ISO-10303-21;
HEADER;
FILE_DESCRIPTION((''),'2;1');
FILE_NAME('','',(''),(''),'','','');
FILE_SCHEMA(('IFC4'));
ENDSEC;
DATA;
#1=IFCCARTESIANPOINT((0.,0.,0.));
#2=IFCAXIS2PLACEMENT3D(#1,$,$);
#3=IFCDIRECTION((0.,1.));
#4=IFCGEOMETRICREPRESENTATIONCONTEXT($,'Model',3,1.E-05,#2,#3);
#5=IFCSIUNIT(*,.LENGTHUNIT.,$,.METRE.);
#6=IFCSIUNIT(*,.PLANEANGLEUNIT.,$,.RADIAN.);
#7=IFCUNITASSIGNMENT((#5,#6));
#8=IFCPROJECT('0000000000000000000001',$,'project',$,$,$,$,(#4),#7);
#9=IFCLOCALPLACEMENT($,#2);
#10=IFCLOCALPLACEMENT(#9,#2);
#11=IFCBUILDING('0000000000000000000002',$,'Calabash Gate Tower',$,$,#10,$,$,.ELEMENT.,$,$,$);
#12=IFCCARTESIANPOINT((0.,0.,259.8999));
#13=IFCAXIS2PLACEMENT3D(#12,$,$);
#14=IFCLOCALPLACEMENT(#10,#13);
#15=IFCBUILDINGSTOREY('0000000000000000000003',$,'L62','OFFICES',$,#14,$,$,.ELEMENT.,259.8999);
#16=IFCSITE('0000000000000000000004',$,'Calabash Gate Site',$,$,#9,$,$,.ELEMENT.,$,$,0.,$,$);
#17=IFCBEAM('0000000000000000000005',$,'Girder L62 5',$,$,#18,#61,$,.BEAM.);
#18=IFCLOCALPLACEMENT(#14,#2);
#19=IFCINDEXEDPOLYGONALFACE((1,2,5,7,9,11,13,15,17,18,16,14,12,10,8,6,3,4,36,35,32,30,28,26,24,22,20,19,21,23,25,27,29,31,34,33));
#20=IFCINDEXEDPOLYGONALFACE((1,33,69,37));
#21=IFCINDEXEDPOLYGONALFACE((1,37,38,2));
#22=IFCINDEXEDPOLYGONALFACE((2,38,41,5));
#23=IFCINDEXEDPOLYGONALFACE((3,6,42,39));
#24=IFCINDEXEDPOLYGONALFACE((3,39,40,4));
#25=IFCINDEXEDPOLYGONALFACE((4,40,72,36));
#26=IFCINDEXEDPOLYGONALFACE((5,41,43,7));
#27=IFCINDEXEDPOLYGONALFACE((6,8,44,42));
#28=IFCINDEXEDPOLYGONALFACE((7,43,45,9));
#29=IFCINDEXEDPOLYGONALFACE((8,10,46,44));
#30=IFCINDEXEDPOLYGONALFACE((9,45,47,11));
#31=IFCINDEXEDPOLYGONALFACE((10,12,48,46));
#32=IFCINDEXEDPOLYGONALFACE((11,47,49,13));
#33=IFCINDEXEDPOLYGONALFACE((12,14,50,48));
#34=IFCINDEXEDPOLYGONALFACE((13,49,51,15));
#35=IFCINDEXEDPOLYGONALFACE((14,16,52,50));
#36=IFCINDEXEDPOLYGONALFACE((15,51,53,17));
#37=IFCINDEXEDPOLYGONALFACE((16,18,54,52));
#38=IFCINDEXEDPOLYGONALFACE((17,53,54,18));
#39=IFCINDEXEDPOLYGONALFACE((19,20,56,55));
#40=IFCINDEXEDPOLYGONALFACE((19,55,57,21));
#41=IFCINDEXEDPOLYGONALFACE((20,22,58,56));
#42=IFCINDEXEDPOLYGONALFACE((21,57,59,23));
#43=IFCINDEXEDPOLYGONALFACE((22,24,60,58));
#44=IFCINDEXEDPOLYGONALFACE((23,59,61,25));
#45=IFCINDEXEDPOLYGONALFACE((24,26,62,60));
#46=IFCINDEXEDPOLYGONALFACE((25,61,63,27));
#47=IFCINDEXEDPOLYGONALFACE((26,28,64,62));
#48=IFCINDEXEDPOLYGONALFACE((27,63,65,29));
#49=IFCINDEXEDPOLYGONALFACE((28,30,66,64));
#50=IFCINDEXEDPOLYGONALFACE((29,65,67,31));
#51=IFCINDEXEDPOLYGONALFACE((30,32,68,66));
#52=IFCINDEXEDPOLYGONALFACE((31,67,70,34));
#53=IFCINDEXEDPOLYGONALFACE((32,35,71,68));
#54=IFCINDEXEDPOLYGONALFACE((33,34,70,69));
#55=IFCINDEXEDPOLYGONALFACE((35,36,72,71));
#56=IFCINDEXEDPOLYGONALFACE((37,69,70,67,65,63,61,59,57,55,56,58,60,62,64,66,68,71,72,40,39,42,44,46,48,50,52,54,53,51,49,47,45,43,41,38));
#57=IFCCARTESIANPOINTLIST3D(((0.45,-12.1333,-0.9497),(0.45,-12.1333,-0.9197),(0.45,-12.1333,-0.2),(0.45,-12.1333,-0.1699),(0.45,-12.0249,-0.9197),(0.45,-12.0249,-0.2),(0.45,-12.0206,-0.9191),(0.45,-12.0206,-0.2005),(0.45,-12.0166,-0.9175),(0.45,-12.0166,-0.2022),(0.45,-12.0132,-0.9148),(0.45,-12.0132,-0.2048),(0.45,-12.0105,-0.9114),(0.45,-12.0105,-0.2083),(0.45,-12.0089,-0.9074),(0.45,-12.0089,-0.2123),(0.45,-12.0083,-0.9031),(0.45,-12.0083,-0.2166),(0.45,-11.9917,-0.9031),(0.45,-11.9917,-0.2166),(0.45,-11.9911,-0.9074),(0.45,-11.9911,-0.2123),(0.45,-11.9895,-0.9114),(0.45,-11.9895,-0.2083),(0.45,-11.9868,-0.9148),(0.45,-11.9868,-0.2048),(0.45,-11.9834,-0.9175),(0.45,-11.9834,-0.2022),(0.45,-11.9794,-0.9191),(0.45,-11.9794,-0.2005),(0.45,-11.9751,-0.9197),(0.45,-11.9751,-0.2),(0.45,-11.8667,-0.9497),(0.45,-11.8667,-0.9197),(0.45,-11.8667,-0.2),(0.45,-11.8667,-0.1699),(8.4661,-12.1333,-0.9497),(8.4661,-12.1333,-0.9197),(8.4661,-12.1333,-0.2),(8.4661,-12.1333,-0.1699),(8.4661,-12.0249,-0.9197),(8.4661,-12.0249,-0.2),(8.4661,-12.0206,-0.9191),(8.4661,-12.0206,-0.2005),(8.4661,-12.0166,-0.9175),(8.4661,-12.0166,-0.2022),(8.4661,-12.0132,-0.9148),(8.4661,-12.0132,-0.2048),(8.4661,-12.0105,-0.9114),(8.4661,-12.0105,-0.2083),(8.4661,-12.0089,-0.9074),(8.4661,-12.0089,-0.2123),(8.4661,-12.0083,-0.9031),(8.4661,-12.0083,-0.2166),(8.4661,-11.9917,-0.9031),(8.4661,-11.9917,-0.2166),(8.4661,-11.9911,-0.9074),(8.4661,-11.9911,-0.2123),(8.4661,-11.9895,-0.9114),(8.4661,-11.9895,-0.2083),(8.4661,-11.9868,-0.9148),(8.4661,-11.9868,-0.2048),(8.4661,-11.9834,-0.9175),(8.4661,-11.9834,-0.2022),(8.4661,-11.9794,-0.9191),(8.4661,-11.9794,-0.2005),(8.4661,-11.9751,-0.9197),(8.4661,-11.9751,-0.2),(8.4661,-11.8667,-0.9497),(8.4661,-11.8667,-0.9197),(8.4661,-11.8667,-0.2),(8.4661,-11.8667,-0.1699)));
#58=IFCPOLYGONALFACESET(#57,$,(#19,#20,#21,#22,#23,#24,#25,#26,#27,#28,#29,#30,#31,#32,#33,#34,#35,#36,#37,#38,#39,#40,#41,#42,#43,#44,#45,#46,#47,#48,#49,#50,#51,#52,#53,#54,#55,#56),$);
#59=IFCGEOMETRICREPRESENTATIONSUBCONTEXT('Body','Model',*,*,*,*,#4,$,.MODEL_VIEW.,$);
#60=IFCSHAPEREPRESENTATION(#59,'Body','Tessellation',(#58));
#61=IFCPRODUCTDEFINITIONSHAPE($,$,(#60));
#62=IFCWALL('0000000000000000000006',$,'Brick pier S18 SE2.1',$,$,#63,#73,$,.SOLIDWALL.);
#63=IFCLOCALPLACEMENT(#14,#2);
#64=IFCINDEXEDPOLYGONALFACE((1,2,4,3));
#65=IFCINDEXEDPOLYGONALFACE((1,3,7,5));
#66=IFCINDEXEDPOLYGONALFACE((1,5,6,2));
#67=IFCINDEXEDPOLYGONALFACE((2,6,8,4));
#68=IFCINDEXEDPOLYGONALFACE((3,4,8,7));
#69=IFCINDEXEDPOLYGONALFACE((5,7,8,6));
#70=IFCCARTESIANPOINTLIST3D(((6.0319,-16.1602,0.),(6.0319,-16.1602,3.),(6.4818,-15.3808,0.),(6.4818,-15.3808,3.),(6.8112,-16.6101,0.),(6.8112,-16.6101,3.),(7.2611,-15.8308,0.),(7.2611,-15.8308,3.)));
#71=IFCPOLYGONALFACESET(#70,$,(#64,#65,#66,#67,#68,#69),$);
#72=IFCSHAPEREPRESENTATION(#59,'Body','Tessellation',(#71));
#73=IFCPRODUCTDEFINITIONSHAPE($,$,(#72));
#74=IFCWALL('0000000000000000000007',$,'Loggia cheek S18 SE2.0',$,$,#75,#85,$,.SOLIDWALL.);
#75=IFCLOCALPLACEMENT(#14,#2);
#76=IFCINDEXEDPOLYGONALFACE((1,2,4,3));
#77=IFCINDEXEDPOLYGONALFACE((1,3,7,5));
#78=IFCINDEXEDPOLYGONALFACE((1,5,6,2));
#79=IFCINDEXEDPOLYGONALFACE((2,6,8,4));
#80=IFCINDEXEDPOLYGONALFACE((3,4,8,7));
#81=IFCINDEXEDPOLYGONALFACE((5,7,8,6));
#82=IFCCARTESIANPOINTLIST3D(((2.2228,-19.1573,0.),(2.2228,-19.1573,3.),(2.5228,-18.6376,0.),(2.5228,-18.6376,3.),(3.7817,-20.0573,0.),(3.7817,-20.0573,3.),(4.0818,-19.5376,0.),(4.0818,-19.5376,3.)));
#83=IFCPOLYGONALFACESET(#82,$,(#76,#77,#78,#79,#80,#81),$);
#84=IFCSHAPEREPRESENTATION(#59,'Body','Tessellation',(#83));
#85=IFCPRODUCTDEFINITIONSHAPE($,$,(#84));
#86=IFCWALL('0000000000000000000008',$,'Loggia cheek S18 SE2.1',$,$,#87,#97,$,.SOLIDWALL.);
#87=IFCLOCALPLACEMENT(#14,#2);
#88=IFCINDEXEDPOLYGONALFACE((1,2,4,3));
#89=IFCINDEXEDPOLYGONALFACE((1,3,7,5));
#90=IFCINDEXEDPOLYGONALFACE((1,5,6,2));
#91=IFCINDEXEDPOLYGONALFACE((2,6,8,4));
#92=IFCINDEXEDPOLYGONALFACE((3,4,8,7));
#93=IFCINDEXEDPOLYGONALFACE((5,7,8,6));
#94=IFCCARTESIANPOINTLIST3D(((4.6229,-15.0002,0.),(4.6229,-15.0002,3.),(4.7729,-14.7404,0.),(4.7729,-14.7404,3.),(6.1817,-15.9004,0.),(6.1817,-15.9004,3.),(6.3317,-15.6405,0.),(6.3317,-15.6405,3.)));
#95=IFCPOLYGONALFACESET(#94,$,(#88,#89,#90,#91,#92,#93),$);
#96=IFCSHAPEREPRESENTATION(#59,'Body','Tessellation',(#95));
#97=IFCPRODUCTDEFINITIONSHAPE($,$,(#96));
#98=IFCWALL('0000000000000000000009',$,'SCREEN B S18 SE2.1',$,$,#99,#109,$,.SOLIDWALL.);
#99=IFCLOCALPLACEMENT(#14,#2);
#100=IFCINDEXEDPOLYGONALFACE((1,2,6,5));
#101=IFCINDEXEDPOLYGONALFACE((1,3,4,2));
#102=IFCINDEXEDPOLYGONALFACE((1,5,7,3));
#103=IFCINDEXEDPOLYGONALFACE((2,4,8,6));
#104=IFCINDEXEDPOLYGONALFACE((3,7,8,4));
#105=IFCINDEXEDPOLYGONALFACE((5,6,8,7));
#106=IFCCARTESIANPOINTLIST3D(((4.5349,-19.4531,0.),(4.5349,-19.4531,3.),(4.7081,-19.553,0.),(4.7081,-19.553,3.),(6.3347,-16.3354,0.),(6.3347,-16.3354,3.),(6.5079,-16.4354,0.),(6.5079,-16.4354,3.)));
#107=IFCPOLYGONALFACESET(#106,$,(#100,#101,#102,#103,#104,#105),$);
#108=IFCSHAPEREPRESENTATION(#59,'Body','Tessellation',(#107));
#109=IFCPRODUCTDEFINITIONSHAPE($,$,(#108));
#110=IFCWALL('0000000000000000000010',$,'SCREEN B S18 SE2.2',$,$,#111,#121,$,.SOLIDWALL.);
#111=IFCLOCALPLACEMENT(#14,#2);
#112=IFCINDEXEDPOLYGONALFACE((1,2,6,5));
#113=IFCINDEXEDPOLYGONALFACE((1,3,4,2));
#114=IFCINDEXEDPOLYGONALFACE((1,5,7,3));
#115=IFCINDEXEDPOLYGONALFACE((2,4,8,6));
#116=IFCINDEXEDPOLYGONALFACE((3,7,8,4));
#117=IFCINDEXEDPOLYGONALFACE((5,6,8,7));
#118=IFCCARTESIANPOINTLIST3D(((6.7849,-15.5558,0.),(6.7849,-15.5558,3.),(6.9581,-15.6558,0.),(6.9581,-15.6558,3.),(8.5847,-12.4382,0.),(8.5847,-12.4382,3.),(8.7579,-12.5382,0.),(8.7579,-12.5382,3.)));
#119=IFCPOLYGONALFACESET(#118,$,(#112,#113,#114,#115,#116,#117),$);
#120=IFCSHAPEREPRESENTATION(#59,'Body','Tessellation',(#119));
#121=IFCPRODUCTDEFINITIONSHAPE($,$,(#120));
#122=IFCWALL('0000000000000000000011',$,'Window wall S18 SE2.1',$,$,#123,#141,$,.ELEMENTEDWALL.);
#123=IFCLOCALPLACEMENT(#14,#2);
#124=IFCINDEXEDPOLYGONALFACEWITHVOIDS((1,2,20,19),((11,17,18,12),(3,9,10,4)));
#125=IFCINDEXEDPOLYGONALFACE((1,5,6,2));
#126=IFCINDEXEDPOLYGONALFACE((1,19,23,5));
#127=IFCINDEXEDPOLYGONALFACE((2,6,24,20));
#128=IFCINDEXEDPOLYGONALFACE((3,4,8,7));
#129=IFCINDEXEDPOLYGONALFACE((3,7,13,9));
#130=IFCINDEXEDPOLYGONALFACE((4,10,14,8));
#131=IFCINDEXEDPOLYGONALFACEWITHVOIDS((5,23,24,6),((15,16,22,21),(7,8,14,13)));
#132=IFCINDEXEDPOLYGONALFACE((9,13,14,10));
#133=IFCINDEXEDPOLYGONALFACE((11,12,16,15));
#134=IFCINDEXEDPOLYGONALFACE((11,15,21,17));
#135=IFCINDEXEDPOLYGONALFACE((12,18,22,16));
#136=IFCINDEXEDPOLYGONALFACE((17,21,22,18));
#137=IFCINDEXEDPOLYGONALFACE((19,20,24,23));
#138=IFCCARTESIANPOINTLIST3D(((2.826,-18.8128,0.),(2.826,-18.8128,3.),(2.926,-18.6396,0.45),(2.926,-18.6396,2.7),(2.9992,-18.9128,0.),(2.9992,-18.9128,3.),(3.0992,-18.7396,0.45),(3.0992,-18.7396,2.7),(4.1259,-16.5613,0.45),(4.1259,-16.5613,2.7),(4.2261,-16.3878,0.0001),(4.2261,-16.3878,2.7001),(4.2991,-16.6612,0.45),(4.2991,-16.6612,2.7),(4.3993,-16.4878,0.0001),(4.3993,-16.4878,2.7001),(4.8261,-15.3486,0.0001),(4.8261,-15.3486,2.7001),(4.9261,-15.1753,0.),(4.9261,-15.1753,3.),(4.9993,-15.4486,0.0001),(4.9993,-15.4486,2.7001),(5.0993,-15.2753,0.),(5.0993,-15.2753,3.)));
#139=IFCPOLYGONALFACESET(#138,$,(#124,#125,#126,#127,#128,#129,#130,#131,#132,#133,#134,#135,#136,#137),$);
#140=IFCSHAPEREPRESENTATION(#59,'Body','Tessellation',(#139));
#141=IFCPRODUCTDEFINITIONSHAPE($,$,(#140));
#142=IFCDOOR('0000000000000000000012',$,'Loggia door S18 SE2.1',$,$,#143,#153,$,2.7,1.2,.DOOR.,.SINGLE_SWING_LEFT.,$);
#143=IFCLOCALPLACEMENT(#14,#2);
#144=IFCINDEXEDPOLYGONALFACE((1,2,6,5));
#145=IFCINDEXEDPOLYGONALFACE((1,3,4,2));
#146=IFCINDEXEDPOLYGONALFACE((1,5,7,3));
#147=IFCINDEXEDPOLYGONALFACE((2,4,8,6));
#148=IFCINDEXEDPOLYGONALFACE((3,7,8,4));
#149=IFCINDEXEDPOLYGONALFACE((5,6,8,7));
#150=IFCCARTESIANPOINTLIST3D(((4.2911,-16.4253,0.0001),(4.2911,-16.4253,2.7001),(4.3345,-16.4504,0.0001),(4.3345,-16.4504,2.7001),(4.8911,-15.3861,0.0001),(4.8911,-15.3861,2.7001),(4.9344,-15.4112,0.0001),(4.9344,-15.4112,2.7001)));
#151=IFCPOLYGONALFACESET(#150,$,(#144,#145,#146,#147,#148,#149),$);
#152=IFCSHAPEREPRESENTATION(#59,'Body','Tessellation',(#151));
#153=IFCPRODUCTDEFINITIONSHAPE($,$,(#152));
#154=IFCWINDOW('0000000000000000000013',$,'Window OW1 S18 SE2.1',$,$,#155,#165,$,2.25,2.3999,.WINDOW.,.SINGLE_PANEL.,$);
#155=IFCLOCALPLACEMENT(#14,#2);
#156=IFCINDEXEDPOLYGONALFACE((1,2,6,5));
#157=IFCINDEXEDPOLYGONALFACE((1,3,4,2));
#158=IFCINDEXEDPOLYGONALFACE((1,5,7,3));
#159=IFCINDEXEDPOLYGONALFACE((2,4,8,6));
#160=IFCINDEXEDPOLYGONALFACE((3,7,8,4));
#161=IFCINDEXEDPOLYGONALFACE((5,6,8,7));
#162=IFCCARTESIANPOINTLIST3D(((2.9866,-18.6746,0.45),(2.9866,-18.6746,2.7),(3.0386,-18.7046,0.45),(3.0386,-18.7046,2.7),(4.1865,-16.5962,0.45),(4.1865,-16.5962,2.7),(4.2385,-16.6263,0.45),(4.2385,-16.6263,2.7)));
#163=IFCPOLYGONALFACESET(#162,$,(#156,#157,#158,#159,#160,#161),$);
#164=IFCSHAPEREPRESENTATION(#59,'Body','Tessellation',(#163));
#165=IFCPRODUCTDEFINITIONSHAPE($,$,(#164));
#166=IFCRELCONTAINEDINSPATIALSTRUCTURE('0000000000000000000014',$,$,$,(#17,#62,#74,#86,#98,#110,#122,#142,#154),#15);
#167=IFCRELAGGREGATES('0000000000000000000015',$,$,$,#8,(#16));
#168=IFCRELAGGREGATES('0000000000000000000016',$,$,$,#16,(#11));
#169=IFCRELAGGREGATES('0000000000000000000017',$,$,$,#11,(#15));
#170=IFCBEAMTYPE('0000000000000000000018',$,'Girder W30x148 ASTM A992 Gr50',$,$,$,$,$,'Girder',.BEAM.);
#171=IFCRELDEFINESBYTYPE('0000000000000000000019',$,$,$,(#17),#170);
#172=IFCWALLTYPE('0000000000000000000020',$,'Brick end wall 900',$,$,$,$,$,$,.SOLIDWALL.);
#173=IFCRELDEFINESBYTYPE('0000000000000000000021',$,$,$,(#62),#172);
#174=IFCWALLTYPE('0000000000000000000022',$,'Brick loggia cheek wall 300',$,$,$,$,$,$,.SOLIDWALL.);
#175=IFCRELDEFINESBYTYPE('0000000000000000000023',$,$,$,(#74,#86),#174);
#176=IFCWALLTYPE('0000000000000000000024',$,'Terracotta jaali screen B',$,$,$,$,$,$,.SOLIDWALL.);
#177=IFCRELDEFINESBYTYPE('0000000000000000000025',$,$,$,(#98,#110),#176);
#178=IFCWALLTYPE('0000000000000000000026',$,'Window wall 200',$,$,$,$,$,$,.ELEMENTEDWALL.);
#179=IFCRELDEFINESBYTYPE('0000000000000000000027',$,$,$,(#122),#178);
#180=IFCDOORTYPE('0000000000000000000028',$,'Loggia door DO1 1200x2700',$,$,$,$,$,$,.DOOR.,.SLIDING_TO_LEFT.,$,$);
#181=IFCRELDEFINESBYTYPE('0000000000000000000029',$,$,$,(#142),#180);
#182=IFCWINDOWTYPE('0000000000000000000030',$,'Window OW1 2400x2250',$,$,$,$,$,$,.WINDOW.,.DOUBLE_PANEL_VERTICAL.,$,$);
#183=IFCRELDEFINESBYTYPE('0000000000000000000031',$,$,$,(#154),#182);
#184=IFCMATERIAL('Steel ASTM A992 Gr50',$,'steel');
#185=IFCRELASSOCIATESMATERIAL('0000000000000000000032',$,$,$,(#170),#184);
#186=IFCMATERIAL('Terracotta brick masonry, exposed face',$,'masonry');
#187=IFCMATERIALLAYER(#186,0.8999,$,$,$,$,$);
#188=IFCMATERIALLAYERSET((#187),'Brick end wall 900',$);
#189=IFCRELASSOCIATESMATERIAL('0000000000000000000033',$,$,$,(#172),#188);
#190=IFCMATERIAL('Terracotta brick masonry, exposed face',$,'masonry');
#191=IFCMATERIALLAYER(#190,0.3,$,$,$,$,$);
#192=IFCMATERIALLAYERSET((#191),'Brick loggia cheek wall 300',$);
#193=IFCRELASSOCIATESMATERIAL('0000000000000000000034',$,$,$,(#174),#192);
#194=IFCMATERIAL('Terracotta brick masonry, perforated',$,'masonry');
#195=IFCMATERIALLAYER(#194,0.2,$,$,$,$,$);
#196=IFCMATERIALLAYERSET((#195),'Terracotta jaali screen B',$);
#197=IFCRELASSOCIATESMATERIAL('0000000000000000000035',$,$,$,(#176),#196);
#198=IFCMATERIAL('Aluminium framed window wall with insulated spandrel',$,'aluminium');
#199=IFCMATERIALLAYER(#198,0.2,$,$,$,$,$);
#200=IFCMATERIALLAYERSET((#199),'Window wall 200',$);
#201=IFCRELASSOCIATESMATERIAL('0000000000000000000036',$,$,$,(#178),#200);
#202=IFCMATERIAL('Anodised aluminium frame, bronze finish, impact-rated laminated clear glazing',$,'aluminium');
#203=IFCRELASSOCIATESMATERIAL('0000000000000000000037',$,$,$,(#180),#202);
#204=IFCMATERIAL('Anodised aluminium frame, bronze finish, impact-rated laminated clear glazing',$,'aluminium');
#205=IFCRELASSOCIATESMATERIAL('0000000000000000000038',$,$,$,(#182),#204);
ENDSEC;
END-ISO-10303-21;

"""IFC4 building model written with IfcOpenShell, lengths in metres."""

from ifc_helpers import new_model, si_unit, direction, frame, frame_2d, origin, origin_2d, place, context, subcontext, project, spatial, rectangle, i_section, extrude, material, layer, layer_set, material_profile, profile_set, type_object, element, fill, save


model = new_model("IFC4")

# Units and contexts
model_context = context("Model", 3, precision=1e-05, world=origin(), true_north=direction((0.0, 1.0)))
body_context = subcontext(model_context, "Body", "Model", "MODEL_VIEW")
ifc_project = project(units=[si_unit("LENGTHUNIT", "METRE"), si_unit("PLANEANGLEUNIT", "RADIAN")], contexts=[model_context])

# Site, building, storey
site_placement = place(None, origin())
site = spatial("IfcSite", under=ifc_project, at=site_placement, Name="Calabash Gate Site", CompositionType="ELEMENT", RefElevation=0.0)
building_placement = place(site_placement, origin())
building = spatial("IfcBuilding", under=site, at=building_placement, Name="Calabash Gate Tower", CompositionType="ELEMENT")
storey_placement = place(building_placement, frame((0.0, 0.0, 259.8999)))
storey = spatial("IfcBuildingStorey", under=building, at=storey_placement, Name="L62", Description="OFFICES", CompositionType="ELEMENT", Elevation=259.8999)

# Beam
ifc_material_1 = material(Name="Steel ASTM A992 Gr50", Category="steel")
ifc_material_profile_1 = material_profile(ifc_material_1, i_section(OverallWidth=0.2666, OverallDepth=0.7798, WebThickness=0.0166, FlangeThickness=0.03, FilletRadius=0.0166, at=origin_2d()))
ifc_profile_set_1 = profile_set([ifc_material_profile_1], Name="Steel ASTM A992 Gr50")
beam_type_1 = type_object("IfcBeamType", Name="Girder W30x148 ASTM A992 Gr50", ElementType="Girder", PredefinedType="BEAM", material=ifc_profile_set_1)
beam_1_placement = place(storey_placement, frame((0.45, -12.0, -0.5598), z_axis=(1.0, 0.0, 0.0), x_axis=(0.0, 1.0, 0.0)))
element("IfcBeam", 1, at=beam_1_placement, inside=storey, type_object=beam_type_1, Name="Girder L62 5", PredefinedType="BEAM", context=body_context, shape_type="SweptSolid", body=[
    extrude(i_section(OverallWidth=0.2666, OverallDepth=0.7798, WebThickness=0.0166, FlangeThickness=0.03, FilletRadius=0.0166, at=origin_2d()), origin(), (0.0, 0.0, 1.0), 8.0161),
])

# Walls
ifc_material_2 = material(Name="Terracotta brick masonry, exposed face", Category="masonry")
ifc_layer_1 = layer(ifc_material_2, 0.8999)
ifc_layer_set_1 = layer_set([ifc_layer_1], Name="Brick end wall 900")
wall_type_1 = type_object("IfcWallType", Name="Brick end wall 900", PredefinedType="SOLIDWALL", material=ifc_layer_set_1)
wall_1_placement = place(storey_placement, frame((6.2568, -15.7705, 0.0), z_axis=(0.0, 0.0, 1.0), x_axis=(0.866014, -0.50002, 0.0)))
element("IfcWall", 2, at=wall_1_placement, inside=storey, type_object=wall_type_1, Name="Brick pier S18 SE2.1", PredefinedType="SOLIDWALL", context=body_context, shape_type="SweptSolid", body=[
    extrude(rectangle(XDim=0.8999, YDim=0.8999, at=frame_2d((0.45, 0.0))), origin(), (0.0, 0.0, 1.0), 3.0),
])
ifc_material_3 = material(Name="Terracotta brick masonry, exposed face", Category="masonry")
ifc_layer_2 = layer(ifc_material_3, 0.3)
ifc_layer_set_2 = layer_set([ifc_layer_2], Name="Brick loggia cheek wall 300")
wall_type_2 = type_object("IfcWallType", Name="Brick loggia cheek wall 300", PredefinedType="SOLIDWALL", material=ifc_layer_set_2)
wall_2_placement = place(storey_placement, frame((3.9316, -19.7974, 0.0), z_axis=(0.0, 0.0, 1.0), x_axis=(-0.866048, 0.499961, 0.0)))
element("IfcWall", 3, at=wall_2_placement, inside=storey, type_object=wall_type_2, Name="Loggia cheek S18 SE2.0", PredefinedType="SOLIDWALL", context=body_context, shape_type="SweptSolid", body=[
    extrude(rectangle(XDim=1.8, YDim=0.6001, at=frame_2d((0.8999, 0.0))), origin(), (0.0, 0.0, 1.0), 3.0),
])
wall_3_placement = place(storey_placement, frame((4.698, -14.8704, 0.0), z_axis=(0.0, 0.0, 1.0), x_axis=(0.865989, -0.500063, 0.0)))
element("IfcWall", 4, at=wall_3_placement, inside=storey, type_object=wall_type_2, Name="Loggia cheek S18 SE2.1", PredefinedType="SOLIDWALL", context=body_context, shape_type="SweptSolid", body=[
    extrude(rectangle(XDim=1.8, YDim=0.3, at=frame_2d((0.8999, 0.0))), origin(), (0.0, 0.0, 1.0), 3.0),
])
ifc_material_4 = material(Name="Terracotta brick masonry, perforated", Category="masonry")
ifc_layer_3 = layer(ifc_material_4, 0.2)
ifc_layer_set_3 = layer_set([ifc_layer_3], Name="Terracotta jaali screen B")
wall_type_3 = type_object("IfcWallType", Name="Terracotta jaali screen B", PredefinedType="SOLIDWALL", material=ifc_layer_set_3)
for number, where, z_axis, x_axis, name in (
    (5, (4.6216, -19.5029, 0.0), (0.0, 0.0, 1.0), (0.499961, 0.866048, 0.0), "SCREEN B S18 SE2.1"),
    (6, (6.8716, -15.6057, 0.0), (0.0, 0.0, 1.0), (0.499961, 0.866048, 0.0), "SCREEN B S18 SE2.2"),
):
    element("IfcWall", number, at=place(storey_placement, frame(where, z_axis=z_axis, x_axis=x_axis)), inside=storey, type_object=wall_type_3, Name=name, PredefinedType="SOLIDWALL", context=body_context, shape_type="SweptSolid", body=[
        extrude(rectangle(XDim=3.5999, YDim=0.2, at=frame_2d((1.7998, 0.0))), origin(), (0.0, 0.0, 1.0), 3.0),
    ])

# Wall, openings, door, window
ifc_material_5 = material(Name="Aluminium framed window wall with insulated spandrel", Category="aluminium")
ifc_layer_4 = layer(ifc_material_5, 0.2)
ifc_layer_set_4 = layer_set([ifc_layer_4], Name="Window wall 200")
wall_type_4 = type_object("IfcWallType", Name="Window wall 200", PredefinedType="ELEMENTEDWALL", material=ifc_layer_set_4)
wall_4_placement = place(storey_placement, frame((2.9126, -18.8628, 0.0), z_axis=(0.0, 0.0, 1.0), x_axis=(0.500003, 0.866024, 0.0)))
wall_4 = element("IfcWall", 7, at=wall_4_placement, inside=storey, type_object=wall_type_4, Name="Window wall S18 SE2.1", PredefinedType="ELEMENTEDWALL", context=body_context, shape_type="SweptSolid", body=[
    extrude(rectangle(XDim=4.2002, YDim=0.2, at=frame_2d((2.1001, 0.0))), origin(), (0.0, 0.0, 1.0), 3.0),
])
opening_1_placement = place(wall_4_placement, frame((0.2, 0.0, 0.45)))
opening_1 = element("IfcOpeningElement", 8, at=opening_1_placement, cuts=wall_4, PredefinedType="OPENING", context=body_context, shape_type="SweptSolid", body=[
    extrude(rectangle(XDim=2.3999, YDim=2.25, at=frame_2d((1.2, 1.125))), frame((0.0, 0.1099, 0.0), z_axis=(0.0, -1.0, 0.0), x_axis=(1.0, 0.0, 0.0)), (0.0, 0.0, 1.0), 0.22),
])
opening_2_placement = place(wall_4_placement, frame((2.8, 0.0, 0.0)))
opening_2 = element("IfcOpeningElement", 9, at=opening_2_placement, cuts=wall_4, PredefinedType="OPENING", context=body_context, shape_type="SweptSolid", body=[
    extrude(rectangle(XDim=1.2, YDim=2.7, at=frame_2d((0.6001, 1.3501))), frame((0.0, 0.1099, 0.0), z_axis=(0.0, -1.0, 0.0), x_axis=(1.0, 0.0, 0.0)), (0.0, 0.0, 1.0), 0.22),
])
ifc_material_6 = material(Name="Anodised aluminium frame, bronze finish, impact-rated laminated clear glazing", Category="aluminium")
door_type = type_object("IfcDoorType", Name="Loggia door DO1 1200x2700", OperationType="SLIDING_TO_LEFT", PredefinedType="DOOR", material=ifc_material_6)
door_placement = place(opening_2_placement, origin())
door = element("IfcDoor", 10, at=door_placement, inside=storey, type_object=door_type, Name="Loggia door S18 SE2.1", OperationType="SINGLE_SWING_LEFT", OverallHeight=2.7, OverallWidth=1.2, PredefinedType="DOOR", context=body_context, shape_type="SweptSolid", body=[
    extrude(rectangle(XDim=1.2, YDim=2.7, at=frame_2d((0.6001, 1.3501))), frame((0.0, 0.0249, 0.0), z_axis=(0.0, -1.0, 0.0), x_axis=(1.0, 0.0, 0.0)), (0.0, 0.0, 1.0), 0.05),
])
fill(opening_2, door)
ifc_material_7 = material(Name="Anodised aluminium frame, bronze finish, impact-rated laminated clear glazing", Category="aluminium")
window_type_1 = type_object("IfcWindowType", Name="Window OW1 2400x2250", PartitioningType="DOUBLE_PANEL_VERTICAL", PredefinedType="WINDOW", material=ifc_material_7)
window_1_placement = place(opening_1_placement, origin())
window_1 = element("IfcWindow", 11, at=window_1_placement, inside=storey, type_object=window_type_1, Name="Window OW1 S18 SE2.1", OverallHeight=2.25, OverallWidth=2.3999, PartitioningType="SINGLE_PANEL", PredefinedType="WINDOW", context=body_context, shape_type="SweptSolid", body=[
    extrude(rectangle(XDim=2.3999, YDim=2.25, at=frame_2d((1.2, 1.125))), frame((0.0, 0.03, 0.0), z_axis=(0.0, -1.0, 0.0), x_axis=(1.0, 0.0, 0.0)), (0.0, 0.0, 1.0), 0.0601),
])
fill(opening_1, window_1)

save(model, "model.ifc")
